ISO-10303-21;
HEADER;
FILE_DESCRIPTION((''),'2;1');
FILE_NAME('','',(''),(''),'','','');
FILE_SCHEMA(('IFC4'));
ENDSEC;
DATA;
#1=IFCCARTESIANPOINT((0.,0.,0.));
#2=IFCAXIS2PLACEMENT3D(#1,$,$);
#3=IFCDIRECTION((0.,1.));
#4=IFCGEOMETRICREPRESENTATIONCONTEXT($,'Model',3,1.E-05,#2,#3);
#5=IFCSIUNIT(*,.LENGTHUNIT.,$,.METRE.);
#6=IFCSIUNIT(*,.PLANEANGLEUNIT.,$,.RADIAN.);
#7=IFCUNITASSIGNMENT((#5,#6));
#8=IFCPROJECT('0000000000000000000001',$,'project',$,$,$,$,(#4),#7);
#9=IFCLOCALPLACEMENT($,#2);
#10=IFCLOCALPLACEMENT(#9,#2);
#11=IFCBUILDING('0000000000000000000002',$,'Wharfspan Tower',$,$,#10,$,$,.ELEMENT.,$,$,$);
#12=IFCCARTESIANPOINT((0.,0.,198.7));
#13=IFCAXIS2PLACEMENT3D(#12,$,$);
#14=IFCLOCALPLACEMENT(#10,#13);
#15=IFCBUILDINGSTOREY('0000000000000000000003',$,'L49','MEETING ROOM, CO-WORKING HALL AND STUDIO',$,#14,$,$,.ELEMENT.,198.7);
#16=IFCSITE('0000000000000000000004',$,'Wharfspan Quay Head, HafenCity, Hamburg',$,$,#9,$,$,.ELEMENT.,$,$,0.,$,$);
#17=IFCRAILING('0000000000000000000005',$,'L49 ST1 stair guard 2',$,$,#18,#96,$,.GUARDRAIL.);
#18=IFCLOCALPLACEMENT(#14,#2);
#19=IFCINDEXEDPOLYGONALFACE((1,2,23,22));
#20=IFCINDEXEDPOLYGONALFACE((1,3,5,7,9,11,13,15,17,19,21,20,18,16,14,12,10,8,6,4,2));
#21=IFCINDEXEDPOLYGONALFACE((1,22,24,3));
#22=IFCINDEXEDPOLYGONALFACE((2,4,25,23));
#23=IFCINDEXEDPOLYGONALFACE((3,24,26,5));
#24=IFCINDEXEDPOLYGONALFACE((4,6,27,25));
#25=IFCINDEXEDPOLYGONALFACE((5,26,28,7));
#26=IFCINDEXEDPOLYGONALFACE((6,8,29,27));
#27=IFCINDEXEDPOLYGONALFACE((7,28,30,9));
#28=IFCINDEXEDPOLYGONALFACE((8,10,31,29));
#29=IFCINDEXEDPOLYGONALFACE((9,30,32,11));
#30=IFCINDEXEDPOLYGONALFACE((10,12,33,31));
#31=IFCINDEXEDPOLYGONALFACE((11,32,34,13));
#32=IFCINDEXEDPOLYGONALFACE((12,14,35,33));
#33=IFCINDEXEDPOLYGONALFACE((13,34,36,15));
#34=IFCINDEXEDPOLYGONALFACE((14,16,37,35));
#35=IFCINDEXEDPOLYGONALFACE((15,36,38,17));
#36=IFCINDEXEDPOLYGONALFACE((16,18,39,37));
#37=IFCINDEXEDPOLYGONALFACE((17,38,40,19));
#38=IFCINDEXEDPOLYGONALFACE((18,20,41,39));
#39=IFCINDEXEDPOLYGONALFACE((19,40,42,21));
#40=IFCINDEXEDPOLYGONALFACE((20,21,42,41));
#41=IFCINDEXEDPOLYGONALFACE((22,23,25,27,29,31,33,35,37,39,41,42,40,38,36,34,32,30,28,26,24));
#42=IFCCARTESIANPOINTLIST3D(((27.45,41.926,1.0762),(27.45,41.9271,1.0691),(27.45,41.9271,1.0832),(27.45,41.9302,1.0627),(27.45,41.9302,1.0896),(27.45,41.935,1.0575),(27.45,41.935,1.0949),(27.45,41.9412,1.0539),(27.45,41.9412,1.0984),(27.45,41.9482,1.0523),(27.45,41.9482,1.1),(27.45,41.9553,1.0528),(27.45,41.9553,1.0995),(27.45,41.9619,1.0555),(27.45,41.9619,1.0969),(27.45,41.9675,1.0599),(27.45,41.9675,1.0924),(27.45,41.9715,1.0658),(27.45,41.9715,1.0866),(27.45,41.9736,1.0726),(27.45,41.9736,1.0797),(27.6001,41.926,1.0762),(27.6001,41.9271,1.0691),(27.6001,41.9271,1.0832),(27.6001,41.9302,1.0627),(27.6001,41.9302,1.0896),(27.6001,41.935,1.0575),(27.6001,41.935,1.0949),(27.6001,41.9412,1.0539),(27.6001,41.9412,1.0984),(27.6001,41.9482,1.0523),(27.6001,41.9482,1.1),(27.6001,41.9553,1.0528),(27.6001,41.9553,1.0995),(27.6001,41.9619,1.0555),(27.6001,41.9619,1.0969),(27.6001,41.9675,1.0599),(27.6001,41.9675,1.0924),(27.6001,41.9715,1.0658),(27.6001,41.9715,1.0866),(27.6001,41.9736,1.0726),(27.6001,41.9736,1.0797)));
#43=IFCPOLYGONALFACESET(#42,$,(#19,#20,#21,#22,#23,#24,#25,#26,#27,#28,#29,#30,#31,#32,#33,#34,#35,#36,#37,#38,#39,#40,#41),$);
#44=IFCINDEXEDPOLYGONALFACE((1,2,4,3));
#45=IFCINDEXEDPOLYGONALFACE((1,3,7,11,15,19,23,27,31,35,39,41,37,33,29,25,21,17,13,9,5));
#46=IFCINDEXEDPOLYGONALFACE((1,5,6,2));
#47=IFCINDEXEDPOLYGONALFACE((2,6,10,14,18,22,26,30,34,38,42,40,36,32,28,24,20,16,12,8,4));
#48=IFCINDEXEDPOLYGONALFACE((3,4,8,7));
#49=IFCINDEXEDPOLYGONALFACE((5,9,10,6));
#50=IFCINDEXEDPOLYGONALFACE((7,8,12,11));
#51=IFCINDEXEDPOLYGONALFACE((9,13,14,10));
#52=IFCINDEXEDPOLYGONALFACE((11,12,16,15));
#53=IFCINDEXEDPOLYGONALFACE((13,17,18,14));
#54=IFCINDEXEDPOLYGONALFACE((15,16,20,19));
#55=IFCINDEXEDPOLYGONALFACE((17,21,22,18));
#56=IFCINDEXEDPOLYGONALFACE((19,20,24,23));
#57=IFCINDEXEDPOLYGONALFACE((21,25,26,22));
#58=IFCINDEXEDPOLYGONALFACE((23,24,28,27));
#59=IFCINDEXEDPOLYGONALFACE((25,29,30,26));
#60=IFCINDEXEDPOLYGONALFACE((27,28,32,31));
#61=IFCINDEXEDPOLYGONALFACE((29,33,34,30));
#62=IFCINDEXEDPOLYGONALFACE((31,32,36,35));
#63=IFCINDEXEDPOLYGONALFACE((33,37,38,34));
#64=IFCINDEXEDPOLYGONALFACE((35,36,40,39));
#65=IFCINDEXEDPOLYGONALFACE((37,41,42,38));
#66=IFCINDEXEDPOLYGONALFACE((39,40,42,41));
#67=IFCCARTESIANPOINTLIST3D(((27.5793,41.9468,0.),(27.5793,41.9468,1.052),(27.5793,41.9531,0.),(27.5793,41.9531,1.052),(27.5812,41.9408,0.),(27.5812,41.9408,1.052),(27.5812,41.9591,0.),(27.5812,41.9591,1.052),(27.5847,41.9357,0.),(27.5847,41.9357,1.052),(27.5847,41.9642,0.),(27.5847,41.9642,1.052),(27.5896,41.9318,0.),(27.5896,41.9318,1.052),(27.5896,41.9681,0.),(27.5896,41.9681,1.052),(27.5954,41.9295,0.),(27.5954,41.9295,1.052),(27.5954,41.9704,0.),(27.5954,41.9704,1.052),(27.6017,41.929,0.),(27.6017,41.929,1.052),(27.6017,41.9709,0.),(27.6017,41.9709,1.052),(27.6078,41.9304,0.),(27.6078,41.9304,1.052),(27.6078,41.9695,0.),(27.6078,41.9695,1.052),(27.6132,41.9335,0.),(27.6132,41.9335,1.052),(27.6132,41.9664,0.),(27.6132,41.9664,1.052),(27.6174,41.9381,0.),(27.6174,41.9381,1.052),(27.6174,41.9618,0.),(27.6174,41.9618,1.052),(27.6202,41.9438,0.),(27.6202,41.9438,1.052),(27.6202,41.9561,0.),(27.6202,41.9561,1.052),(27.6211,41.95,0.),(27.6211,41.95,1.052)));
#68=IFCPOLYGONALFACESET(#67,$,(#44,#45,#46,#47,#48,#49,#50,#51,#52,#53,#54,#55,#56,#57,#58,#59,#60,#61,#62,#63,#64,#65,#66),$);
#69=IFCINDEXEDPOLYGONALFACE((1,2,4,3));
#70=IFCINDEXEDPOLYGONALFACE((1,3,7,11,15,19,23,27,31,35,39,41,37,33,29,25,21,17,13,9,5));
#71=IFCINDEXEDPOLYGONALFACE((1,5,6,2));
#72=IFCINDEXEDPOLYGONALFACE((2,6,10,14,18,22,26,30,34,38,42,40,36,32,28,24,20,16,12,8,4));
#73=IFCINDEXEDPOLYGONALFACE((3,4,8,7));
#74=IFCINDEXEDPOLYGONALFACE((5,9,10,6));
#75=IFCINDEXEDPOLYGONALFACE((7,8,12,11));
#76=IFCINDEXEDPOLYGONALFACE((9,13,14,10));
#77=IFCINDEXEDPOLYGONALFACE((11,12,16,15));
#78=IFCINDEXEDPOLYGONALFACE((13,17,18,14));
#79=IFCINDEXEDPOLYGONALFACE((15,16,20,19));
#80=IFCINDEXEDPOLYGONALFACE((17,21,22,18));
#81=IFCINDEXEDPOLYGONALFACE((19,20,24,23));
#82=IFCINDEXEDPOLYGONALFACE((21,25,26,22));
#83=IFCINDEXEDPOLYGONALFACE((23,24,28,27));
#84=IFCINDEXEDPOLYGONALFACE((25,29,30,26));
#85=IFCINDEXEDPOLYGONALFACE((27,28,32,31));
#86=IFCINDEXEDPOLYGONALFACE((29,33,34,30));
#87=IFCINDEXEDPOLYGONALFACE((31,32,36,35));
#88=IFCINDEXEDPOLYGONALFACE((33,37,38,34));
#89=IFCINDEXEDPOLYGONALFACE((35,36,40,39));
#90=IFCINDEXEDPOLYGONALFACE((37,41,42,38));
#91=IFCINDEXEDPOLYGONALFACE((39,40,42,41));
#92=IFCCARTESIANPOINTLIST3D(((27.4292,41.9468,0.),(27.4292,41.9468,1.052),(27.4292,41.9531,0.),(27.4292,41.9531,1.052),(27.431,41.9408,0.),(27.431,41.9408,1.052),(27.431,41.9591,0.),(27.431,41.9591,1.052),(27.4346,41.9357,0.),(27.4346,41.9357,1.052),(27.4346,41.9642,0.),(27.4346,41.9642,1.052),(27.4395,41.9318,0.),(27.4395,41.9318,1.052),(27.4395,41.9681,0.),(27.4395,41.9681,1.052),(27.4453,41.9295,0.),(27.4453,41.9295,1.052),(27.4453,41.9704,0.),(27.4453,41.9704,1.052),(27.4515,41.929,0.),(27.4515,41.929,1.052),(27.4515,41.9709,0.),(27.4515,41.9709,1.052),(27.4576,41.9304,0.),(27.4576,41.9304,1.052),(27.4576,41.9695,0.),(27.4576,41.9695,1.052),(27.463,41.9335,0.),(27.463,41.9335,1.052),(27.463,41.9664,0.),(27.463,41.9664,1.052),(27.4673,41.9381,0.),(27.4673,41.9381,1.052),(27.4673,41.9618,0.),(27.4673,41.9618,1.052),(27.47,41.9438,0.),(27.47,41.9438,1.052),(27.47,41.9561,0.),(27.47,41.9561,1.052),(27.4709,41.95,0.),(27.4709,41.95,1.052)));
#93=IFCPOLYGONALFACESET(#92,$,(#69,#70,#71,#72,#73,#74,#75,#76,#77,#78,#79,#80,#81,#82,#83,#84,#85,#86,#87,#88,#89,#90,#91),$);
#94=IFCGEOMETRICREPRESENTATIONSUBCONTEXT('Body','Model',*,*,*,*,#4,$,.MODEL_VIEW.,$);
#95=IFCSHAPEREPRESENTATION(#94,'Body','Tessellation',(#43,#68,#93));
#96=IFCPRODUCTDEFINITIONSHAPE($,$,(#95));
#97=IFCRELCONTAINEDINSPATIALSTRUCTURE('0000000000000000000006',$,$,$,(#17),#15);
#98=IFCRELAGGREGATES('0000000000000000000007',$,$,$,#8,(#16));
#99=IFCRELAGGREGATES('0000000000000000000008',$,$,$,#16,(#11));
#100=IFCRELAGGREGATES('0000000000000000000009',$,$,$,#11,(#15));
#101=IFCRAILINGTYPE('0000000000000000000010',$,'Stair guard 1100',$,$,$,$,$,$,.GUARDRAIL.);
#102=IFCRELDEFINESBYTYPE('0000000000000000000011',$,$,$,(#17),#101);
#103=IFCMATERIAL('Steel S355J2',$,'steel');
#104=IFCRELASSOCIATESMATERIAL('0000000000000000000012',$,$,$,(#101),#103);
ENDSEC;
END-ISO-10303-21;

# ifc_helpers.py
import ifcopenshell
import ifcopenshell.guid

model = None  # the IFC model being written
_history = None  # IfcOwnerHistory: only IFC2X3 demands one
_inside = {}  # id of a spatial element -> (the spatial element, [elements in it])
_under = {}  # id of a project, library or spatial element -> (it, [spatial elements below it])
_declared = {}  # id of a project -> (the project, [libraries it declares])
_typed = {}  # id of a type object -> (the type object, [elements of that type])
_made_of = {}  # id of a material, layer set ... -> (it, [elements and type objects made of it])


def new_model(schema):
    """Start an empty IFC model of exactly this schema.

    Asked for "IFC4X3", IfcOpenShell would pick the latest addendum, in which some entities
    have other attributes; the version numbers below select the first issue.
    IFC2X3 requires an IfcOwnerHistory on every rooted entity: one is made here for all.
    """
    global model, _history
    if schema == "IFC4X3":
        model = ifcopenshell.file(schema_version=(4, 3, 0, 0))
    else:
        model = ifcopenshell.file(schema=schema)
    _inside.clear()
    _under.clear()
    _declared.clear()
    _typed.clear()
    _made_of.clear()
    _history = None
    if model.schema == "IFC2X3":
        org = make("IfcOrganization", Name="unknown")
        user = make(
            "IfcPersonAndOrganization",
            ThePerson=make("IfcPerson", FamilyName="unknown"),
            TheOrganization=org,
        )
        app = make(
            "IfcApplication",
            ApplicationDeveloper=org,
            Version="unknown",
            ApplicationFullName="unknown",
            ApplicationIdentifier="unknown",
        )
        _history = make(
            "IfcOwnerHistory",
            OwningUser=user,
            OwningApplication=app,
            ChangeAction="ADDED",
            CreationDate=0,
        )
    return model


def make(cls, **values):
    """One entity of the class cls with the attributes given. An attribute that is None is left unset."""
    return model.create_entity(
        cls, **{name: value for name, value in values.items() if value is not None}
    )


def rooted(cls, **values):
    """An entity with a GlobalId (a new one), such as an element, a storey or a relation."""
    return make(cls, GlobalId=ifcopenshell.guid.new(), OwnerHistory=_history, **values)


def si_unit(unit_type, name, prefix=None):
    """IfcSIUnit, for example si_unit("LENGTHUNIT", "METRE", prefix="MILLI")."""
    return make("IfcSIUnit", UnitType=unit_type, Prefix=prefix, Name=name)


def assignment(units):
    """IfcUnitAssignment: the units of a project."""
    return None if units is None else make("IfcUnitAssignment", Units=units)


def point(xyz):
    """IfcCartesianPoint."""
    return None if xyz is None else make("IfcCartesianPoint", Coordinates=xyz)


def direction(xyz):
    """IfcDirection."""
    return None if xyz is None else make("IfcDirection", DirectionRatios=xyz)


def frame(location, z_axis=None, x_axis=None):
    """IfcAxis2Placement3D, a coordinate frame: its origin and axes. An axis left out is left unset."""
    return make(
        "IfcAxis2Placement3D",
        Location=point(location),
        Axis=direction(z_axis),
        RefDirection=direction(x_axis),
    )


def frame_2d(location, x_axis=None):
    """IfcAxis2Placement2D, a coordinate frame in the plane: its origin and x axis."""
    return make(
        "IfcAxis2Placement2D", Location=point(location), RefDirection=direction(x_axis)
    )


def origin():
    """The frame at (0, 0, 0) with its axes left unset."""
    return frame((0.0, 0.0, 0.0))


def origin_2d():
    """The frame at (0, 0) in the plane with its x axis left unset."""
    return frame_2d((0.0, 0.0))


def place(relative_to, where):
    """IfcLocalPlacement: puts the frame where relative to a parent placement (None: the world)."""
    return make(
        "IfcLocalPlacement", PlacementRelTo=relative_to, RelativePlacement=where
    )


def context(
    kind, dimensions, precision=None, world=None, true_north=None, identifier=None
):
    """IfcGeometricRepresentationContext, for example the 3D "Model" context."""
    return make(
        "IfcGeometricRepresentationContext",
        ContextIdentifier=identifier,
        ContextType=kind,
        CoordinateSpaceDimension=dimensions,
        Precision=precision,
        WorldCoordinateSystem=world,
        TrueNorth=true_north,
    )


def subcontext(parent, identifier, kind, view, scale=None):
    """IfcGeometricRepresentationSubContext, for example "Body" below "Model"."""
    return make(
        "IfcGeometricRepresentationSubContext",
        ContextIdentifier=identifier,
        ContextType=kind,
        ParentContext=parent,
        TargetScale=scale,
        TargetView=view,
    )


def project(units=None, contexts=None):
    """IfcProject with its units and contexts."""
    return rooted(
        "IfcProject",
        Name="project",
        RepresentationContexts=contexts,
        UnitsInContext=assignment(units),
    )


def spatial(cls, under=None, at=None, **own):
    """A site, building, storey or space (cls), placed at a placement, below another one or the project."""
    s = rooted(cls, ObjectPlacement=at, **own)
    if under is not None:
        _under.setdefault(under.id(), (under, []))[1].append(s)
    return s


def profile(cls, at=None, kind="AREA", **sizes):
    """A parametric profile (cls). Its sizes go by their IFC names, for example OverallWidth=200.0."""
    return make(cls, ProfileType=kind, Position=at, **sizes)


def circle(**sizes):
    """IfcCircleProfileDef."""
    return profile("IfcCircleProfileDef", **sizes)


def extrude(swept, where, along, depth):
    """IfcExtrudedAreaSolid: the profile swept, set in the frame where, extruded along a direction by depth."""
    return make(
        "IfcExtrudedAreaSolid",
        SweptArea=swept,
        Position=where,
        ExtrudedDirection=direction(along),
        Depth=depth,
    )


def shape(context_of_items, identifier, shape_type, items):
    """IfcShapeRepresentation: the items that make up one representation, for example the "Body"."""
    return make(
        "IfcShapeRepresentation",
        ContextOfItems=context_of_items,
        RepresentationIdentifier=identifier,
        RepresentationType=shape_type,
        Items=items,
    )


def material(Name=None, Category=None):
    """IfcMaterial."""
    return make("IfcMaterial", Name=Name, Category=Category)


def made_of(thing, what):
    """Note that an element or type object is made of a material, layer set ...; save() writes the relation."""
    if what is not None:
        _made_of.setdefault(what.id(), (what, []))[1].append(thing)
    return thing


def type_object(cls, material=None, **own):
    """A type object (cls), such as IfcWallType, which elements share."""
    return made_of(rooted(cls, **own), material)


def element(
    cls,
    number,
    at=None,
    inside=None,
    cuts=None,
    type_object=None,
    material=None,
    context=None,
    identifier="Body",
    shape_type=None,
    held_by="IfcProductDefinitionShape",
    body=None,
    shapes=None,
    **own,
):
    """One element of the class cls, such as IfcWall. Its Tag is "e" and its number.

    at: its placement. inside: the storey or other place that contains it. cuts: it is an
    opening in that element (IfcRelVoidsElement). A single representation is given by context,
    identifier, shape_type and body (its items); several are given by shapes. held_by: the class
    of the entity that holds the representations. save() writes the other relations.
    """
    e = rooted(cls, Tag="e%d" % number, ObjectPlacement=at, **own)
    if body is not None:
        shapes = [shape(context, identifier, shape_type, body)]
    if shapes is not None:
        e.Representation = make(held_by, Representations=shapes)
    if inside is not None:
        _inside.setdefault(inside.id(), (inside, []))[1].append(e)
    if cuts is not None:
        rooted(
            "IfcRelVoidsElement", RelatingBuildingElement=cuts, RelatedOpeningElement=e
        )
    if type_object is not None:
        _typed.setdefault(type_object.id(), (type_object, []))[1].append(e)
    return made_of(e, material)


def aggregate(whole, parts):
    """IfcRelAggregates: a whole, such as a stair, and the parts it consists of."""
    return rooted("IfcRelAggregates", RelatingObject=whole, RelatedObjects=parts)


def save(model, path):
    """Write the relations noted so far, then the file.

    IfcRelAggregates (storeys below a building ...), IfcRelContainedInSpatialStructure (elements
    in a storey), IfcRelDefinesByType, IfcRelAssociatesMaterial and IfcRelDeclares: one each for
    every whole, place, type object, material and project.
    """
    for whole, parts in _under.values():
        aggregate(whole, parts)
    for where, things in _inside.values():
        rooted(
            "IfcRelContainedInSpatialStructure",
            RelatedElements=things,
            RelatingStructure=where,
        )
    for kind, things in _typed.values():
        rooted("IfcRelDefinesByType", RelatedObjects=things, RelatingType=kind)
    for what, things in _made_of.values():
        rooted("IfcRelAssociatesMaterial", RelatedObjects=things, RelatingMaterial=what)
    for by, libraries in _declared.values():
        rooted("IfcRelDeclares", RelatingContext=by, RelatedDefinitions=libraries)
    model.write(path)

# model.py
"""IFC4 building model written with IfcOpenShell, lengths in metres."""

from ifc_helpers import new_model, si_unit, direction, frame, origin, origin_2d, place, context, subcontext, project, spatial, circle, extrude, material, type_object, element, save


model = new_model("IFC4")

# Units and contexts
model_context = context("Model", 3, precision=1e-05, world=origin(), true_north=direction((0.0, 1.0)))
body_context = subcontext(model_context, "Body", "Model", "MODEL_VIEW")
ifc_project = project(units=[si_unit("LENGTHUNIT", "METRE"), si_unit("PLANEANGLEUNIT", "RADIAN")], contexts=[model_context])

# Site, building, storey
site_placement = place(None, origin())
site = spatial("IfcSite", under=ifc_project, at=site_placement, Name="Wharfspan Quay Head, HafenCity, Hamburg", CompositionType="ELEMENT", RefElevation=0.0)
building_placement = place(site_placement, origin())
building = spatial("IfcBuilding", under=site, at=building_placement, Name="Wharfspan Tower", CompositionType="ELEMENT")
storey_placement = place(building_placement, frame((0.0, 0.0, 198.7)))
storey = spatial("IfcBuildingStorey", under=building, at=storey_placement, Name="L49", Description="MEETING ROOM, CO-WORKING HALL AND STUDIO", CompositionType="ELEMENT", Elevation=198.7)

# Shared definitions
ifc_material_1 = material(Name="Steel S355J2", Category="steel")

# Railing
railing_type_1 = type_object("IfcRailingType", Name="Stair guard 1100", PredefinedType="GUARDRAIL", material=ifc_material_1)
railing_1_placement = place(storey_placement, frame((27.6001, 41.95, 0.0)))
element("IfcRailing", 1, at=railing_1_placement, inside=storey, type_object=railing_type_1, Name="L49 ST1 stair guard 2", PredefinedType="GUARDRAIL", context=body_context, shape_type="SweptSolid", body=[
    extrude(circle(Radius=0.0239, at=origin_2d()), frame((0.0, 0.0, 1.0762), z_axis=(-1.0, 0.0, 0.0), x_axis=(0.0, -1.0, 0.0)), (0.0, 0.0, 1.0), 0.1501),
    extrude(circle(Radius=0.021, at=origin_2d()), origin(), (0.0, 0.0, 1.0), 1.052),
    extrude(circle(Radius=0.021, at=origin_2d()), frame((-0.1501, 0.0, 0.0)), (0.0, 0.0, 1.0), 1.052),
])

save(model, "model.ifc")
